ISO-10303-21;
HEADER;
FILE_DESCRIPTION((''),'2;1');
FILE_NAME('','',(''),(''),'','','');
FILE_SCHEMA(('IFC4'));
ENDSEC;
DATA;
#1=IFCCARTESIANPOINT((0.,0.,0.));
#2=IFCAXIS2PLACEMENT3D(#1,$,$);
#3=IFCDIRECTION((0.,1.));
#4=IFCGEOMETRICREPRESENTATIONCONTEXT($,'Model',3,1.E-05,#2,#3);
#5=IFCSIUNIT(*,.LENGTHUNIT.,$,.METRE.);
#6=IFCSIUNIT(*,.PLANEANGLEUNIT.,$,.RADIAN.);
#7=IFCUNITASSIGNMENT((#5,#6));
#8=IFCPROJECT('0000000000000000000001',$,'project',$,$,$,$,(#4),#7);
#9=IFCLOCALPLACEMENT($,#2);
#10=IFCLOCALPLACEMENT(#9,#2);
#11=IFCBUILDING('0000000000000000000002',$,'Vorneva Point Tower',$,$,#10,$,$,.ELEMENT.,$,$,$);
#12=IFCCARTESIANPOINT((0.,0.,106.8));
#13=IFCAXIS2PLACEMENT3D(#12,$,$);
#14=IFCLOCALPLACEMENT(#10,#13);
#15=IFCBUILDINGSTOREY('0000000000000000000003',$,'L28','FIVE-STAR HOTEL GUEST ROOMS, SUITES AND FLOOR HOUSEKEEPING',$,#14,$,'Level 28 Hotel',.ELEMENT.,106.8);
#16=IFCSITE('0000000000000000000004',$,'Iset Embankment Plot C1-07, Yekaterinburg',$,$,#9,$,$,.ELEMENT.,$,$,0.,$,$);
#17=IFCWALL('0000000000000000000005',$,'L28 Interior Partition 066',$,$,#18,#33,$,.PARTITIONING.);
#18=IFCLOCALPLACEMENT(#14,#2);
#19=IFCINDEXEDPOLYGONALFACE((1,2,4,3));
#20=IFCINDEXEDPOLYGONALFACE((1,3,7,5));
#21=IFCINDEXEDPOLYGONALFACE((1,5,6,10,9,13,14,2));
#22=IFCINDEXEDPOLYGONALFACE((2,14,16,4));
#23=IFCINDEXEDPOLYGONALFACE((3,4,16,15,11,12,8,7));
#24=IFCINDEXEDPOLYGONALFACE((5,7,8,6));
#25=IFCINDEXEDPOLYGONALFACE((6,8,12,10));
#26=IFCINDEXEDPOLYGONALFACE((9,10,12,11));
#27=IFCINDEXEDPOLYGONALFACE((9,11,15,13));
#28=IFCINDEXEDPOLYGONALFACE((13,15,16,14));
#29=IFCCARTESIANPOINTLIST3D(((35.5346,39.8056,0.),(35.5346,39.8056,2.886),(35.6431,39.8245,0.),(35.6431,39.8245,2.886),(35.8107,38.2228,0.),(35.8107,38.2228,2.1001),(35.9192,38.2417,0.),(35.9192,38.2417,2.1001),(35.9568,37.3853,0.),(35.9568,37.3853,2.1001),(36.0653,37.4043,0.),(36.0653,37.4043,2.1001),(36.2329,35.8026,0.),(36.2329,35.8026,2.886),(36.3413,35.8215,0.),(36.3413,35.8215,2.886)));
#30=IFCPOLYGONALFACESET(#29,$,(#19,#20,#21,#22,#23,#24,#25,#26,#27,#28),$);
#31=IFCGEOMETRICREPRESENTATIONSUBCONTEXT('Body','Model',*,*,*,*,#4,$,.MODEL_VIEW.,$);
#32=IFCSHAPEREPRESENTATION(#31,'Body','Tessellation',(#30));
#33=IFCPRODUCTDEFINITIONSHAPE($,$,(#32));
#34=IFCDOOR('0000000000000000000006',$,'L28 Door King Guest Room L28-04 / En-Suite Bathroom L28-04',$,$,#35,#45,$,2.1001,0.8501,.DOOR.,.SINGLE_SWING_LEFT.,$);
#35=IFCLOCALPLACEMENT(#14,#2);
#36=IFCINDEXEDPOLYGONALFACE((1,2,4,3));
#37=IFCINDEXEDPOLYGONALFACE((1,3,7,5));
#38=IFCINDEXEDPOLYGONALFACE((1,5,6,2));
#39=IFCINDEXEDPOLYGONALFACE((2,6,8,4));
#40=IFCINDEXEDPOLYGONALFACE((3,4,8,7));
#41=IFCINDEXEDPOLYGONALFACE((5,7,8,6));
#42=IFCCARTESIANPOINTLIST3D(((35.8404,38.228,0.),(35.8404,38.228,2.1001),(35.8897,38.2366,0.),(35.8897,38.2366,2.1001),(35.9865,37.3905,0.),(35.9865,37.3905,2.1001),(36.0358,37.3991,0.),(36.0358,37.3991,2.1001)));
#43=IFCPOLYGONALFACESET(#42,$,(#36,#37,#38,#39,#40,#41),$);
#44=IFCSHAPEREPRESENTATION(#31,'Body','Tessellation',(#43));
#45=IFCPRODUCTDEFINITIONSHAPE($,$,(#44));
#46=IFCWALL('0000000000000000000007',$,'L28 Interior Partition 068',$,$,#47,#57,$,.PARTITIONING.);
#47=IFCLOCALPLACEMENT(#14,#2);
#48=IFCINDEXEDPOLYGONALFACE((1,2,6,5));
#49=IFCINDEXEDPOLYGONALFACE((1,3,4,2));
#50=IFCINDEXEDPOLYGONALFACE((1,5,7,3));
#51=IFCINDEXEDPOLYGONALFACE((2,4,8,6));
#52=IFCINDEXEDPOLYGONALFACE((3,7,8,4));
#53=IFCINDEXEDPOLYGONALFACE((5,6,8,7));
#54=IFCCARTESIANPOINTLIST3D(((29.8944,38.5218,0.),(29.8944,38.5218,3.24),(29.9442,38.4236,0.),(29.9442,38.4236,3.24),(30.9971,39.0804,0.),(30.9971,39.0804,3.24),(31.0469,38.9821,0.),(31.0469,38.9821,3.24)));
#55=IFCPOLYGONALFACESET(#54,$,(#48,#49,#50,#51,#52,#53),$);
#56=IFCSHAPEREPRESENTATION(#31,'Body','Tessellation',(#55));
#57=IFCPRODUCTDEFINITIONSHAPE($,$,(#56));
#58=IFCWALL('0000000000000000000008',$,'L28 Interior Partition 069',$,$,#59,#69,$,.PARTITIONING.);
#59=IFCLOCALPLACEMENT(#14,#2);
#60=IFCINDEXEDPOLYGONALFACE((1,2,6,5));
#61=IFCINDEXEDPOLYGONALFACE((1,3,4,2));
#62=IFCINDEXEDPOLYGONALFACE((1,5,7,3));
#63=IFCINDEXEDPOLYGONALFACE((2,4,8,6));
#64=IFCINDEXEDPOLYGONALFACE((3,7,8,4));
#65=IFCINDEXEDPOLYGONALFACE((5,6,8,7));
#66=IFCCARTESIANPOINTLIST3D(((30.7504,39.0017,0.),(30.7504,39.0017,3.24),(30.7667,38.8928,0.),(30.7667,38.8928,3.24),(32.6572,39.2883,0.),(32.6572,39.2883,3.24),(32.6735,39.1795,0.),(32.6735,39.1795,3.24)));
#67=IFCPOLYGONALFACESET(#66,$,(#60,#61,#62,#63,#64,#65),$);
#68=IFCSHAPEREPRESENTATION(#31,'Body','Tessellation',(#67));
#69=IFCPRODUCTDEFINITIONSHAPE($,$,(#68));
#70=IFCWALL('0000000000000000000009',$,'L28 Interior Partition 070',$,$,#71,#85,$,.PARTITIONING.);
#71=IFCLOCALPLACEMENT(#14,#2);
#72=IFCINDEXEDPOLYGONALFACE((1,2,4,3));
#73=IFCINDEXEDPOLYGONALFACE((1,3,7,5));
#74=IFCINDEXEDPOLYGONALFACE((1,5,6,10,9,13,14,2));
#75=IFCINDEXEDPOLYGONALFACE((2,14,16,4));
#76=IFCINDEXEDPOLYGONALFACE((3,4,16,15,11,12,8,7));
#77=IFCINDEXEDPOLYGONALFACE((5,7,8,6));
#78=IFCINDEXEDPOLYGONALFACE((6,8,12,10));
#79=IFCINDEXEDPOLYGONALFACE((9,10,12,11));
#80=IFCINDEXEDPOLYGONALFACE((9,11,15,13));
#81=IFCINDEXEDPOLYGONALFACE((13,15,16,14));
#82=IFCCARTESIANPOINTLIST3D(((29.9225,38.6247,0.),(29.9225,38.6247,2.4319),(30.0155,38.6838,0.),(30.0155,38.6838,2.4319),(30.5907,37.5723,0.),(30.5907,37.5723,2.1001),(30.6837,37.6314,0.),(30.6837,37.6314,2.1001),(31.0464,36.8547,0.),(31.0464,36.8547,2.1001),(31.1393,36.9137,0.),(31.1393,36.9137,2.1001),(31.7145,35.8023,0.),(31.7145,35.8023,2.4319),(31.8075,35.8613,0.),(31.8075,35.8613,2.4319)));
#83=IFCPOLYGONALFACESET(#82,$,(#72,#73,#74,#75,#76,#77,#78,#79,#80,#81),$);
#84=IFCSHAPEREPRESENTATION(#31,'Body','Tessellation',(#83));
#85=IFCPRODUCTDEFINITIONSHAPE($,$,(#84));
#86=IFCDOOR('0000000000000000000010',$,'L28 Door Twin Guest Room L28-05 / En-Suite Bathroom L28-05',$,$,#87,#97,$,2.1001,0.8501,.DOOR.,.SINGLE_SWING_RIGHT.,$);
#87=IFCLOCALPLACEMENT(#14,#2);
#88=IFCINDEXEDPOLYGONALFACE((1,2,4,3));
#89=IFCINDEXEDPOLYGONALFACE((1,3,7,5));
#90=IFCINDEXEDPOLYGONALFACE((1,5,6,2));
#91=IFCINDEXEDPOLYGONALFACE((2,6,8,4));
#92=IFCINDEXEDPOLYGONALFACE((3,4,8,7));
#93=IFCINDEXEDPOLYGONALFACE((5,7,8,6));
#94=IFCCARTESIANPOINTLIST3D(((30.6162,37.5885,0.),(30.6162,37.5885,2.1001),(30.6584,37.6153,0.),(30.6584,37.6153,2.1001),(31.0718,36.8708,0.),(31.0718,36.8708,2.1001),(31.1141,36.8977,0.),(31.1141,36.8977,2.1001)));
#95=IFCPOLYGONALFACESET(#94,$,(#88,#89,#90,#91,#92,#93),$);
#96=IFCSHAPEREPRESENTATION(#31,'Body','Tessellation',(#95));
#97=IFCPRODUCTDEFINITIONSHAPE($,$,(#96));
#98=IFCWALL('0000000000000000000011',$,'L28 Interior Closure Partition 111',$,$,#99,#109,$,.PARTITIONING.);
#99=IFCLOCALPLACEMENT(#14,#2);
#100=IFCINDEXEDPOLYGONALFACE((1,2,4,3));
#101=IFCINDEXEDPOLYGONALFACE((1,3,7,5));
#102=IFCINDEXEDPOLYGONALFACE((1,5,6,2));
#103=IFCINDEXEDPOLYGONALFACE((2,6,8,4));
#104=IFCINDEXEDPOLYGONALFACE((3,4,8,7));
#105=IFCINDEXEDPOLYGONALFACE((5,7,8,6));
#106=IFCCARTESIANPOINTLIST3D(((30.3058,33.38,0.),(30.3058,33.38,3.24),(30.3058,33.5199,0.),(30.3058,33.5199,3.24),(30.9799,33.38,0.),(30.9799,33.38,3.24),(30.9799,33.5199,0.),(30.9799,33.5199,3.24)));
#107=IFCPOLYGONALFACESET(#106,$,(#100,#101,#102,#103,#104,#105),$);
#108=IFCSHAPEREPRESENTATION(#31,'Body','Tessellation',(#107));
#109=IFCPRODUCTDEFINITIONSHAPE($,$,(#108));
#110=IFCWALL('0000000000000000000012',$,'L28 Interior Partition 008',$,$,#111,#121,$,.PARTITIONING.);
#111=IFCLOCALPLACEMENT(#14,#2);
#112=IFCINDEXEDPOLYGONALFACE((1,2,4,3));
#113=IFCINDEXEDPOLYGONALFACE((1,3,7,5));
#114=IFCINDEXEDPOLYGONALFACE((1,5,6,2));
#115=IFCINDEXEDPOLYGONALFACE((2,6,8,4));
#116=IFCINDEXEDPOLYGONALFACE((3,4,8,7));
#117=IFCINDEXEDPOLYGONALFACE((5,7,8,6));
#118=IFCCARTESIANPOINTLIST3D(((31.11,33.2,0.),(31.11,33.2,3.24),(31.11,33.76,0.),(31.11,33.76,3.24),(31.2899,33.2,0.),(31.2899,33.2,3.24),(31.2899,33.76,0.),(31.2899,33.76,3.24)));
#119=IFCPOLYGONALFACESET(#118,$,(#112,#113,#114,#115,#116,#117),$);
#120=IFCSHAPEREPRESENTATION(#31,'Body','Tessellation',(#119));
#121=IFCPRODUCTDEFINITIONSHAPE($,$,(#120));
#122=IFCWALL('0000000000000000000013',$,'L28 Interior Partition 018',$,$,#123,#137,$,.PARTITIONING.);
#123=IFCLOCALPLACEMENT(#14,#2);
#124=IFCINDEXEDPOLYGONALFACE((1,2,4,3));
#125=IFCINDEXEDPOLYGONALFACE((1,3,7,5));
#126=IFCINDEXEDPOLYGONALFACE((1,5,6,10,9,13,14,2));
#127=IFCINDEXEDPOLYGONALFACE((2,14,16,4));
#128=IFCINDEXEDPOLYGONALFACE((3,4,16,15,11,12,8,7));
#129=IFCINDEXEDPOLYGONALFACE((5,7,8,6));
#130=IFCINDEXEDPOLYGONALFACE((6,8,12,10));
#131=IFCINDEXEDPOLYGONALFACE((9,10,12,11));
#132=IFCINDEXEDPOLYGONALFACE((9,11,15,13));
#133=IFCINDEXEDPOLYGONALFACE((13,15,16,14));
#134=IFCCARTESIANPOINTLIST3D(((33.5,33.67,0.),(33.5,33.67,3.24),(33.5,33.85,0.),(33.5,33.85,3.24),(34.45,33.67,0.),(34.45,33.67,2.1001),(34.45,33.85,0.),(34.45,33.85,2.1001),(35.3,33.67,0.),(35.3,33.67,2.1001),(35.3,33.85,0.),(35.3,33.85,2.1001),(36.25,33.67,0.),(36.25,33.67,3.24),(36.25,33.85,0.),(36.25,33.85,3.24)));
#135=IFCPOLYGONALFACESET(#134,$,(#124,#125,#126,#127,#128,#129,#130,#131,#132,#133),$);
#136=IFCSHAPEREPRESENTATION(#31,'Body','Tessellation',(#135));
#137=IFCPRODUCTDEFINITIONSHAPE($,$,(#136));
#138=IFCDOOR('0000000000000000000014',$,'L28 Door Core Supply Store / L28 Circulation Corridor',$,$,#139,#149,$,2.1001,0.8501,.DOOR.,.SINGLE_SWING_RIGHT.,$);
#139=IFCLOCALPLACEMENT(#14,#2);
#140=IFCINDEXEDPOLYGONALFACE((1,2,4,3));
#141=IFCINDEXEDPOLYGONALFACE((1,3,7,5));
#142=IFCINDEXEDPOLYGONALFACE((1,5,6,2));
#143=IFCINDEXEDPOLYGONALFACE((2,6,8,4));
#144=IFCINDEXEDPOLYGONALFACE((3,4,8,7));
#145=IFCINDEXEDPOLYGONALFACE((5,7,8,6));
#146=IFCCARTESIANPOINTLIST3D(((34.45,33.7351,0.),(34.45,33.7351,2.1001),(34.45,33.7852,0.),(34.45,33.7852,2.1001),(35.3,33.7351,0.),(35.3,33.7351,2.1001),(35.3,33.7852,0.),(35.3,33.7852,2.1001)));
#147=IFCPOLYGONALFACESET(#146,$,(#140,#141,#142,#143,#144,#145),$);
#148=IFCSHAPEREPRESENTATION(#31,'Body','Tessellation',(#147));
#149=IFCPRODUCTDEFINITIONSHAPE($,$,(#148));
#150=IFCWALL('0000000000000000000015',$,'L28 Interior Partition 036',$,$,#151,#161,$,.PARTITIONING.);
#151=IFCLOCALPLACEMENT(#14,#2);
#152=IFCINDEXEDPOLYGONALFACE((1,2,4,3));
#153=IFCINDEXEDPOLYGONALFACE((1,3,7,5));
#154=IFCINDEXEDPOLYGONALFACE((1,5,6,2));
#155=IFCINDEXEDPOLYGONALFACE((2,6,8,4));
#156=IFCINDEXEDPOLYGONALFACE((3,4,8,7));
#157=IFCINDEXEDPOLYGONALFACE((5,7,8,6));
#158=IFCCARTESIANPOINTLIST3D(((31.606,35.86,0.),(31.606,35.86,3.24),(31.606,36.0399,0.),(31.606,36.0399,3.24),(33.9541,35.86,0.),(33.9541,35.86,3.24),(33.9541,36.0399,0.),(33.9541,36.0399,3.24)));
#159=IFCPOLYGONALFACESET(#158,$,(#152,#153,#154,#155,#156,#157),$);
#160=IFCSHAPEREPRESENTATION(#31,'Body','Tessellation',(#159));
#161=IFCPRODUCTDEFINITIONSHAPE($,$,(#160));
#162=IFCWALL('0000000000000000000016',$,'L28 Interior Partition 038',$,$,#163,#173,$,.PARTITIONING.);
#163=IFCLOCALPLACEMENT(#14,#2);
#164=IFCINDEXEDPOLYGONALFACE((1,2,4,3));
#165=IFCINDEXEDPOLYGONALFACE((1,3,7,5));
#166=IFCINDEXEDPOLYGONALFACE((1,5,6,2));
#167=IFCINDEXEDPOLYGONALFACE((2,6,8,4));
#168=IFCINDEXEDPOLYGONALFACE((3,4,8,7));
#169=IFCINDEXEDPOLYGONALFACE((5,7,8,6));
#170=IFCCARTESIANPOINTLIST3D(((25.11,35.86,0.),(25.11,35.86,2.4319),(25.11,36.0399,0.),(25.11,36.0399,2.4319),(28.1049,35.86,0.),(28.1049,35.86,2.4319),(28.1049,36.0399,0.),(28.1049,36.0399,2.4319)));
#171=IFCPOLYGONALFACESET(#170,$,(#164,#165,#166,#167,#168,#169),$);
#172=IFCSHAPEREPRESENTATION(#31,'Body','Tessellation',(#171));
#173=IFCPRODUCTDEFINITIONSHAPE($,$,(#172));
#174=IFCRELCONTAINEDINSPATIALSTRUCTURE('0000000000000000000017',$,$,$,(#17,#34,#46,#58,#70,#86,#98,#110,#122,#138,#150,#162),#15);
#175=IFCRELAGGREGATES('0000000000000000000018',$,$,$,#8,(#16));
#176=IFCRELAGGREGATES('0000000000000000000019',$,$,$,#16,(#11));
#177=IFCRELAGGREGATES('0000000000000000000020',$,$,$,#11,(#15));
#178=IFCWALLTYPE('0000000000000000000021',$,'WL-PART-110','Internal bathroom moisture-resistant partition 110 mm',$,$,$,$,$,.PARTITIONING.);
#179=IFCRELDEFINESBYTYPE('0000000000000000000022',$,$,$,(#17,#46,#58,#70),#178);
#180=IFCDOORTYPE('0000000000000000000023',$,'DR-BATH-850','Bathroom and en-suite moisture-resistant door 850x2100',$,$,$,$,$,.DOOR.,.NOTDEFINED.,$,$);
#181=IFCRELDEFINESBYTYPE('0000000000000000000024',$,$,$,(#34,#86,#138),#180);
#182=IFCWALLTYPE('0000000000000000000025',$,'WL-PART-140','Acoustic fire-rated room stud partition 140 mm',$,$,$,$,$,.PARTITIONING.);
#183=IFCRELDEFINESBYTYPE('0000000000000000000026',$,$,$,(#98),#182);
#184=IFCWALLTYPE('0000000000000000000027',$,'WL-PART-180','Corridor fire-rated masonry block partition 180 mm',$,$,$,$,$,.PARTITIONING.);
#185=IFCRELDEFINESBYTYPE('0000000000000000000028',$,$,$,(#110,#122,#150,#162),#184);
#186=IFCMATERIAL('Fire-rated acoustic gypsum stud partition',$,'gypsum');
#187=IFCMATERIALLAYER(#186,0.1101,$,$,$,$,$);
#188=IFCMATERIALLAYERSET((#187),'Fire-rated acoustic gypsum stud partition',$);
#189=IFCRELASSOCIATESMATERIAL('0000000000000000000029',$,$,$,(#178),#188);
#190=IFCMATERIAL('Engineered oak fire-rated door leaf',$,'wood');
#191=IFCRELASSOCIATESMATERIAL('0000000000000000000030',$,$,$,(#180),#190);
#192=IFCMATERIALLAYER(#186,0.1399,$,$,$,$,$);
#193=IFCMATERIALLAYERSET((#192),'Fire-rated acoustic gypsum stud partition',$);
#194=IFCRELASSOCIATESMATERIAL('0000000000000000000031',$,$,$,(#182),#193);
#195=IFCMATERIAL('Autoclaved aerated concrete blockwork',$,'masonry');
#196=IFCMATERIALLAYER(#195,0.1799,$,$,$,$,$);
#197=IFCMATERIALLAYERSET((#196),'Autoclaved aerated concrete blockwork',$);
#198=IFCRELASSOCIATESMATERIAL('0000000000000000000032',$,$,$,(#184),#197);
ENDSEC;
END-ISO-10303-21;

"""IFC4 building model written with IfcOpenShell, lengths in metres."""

from ifc_helpers import new_model, si_unit, direction, frame, frame_2d, origin, place, context, subcontext, project, spatial, rectangle, extrude, material, layer, layer_set, type_object, element, fill, save


model = new_model("IFC4")

# Units and contexts
model_context = context("Model", 3, precision=1e-05, world=origin(), true_north=direction((0.0, 1.0)))
body_context = subcontext(model_context, "Body", "Model", "MODEL_VIEW")
ifc_project = project(units=[si_unit("LENGTHUNIT", "METRE"), si_unit("PLANEANGLEUNIT", "RADIAN")], contexts=[model_context])

# Site, building, storey
site_placement = place(None, origin())
site = spatial("IfcSite", under=ifc_project, at=site_placement, Name="Iset Embankment Plot C1-07, Yekaterinburg", CompositionType="ELEMENT", RefElevation=0.0)
building_placement = place(site_placement, origin())
building = spatial("IfcBuilding", under=site, at=building_placement, Name="Vorneva Point Tower", CompositionType="ELEMENT")
storey_placement = place(building_placement, frame((0.0, 0.0, 106.8)))
storey = spatial("IfcBuildingStorey", under=building, at=storey_placement, Name="L28", Description="FIVE-STAR HOTEL GUEST ROOMS, SUITES AND FLOOR HOUSEKEEPING", LongName="Level 28 Hotel", CompositionType="ELEMENT", Elevation=106.8)

# Shared definitions
ifc_material_1 = material(Name="Fire-rated acoustic gypsum stud partition", Category="gypsum")
ifc_layer_1 = layer(ifc_material_1, 0.1101)
ifc_layer_set_1 = layer_set([ifc_layer_1], Name="Fire-rated acoustic gypsum stud partition")
wall_type_1 = type_object("IfcWallType", Name="WL-PART-110", Description="Internal bathroom moisture-resistant partition 110 mm", PredefinedType="PARTITIONING", material=ifc_layer_set_1)

# Wall, opening, door
wall_1_placement = place(storey_placement, frame((36.2871, 35.812, 0.0), z_axis=(0.0, 0.0, 1.0), x_axis=(-0.171838, 0.985125, 0.0)))
wall_1 = element("IfcWall", 1, at=wall_1_placement, inside=storey, type_object=wall_type_1, Name="L28 Interior Partition 066", PredefinedType="PARTITIONING", context=body_context, shape_type="SweptSolid", body=[
    extrude(rectangle(XDim=4.0635, YDim=0.1101, at=frame_2d((2.0317, 0.0))), origin(), (0.0, 0.0, 1.0), 2.886),
])
opening_1_placement = place(wall_1_placement, frame((1.6067, 0.0, 0.0)))
opening_1 = element("IfcOpeningElement", 2, at=opening_1_placement, cuts=wall_1, PredefinedType="OPENING", context=body_context, shape_type="SweptSolid", body=[
    extrude(rectangle(XDim=0.8501, YDim=2.1001, at=frame_2d((0.425, 1.05))), frame((0.0, 0.0698, 0.0), z_axis=(0.0, -1.0, 0.0), x_axis=(1.0, 0.0, 0.0)), (0.0, 0.0, 1.0), 0.1399),
])
ifc_material_2 = material(Name="Engineered oak fire-rated door leaf", Category="wood")
door_type_1 = type_object("IfcDoorType", Name="DR-BATH-850", Description="Bathroom and en-suite moisture-resistant door 850x2100", OperationType="NOTDEFINED", PredefinedType="DOOR", material=ifc_material_2)
door_1_placement = place(opening_1_placement, origin())
door_1 = element("IfcDoor", 3, at=door_1_placement, inside=storey, type_object=door_type_1, Name="L28 Door King Guest Room L28-04 / En-Suite Bathroom L28-04", OperationType="SINGLE_SWING_LEFT", OverallHeight=2.1001, OverallWidth=0.8501, PredefinedType="DOOR", context=body_context, shape_type="SweptSolid", body=[
    extrude(rectangle(XDim=0.8501, YDim=2.1001, at=frame_2d((0.425, 1.05))), frame((0.0, 0.0249, 0.0), z_axis=(0.0, -1.0, 0.0), x_axis=(1.0, 0.0, 0.0)), (0.0, 0.0, 1.0), 0.05),
])
fill(opening_1, door_1)

# Walls
wall_2_placement = place(storey_placement, frame((29.9192, 38.4727, 0.0), z_axis=(0.0, 0.0, 1.0), x_axis=(0.892085, 0.451868, 0.0)))
element("IfcWall", 4, at=wall_2_placement, inside=storey, type_object=wall_type_1, Name="L28 Interior Partition 068", PredefinedType="PARTITIONING", context=body_context, shape_type="SweptSolid", body=[
    extrude(rectangle(XDim=1.2361, YDim=0.1101, at=frame_2d((0.6182, 0.0))), origin(), (0.0, 0.0, 1.0), 3.24),
])
wall_3_placement = place(storey_placement, frame((30.7585, 38.9473, 0.0), z_axis=(0.0, 0.0, 1.0), x_axis=(0.98889, 0.14865, 0.0)))
element("IfcWall", 5, at=wall_3_placement, inside=storey, type_object=wall_type_1, Name="L28 Interior Partition 069", PredefinedType="PARTITIONING", context=body_context, shape_type="SweptSolid", body=[
    extrude(rectangle(XDim=1.9282, YDim=0.1101, at=frame_2d((0.9641, 0.0))), origin(), (0.0, 0.0, 1.0), 3.24),
])

# Wall, opening, door
wall_4_placement = place(storey_placement, frame((31.761, 35.8318, 0.0), z_axis=(0.0, 0.0, 1.0), x_axis=(-0.535992, 0.844223, 0.0)))
wall_4 = element("IfcWall", 6, at=wall_4_placement, inside=storey, type_object=wall_type_1, Name="L28 Interior Partition 070", PredefinedType="PARTITIONING", context=body_context, shape_type="SweptSolid", body=[
    extrude(rectangle(XDim=3.3433, YDim=0.1101, at=frame_2d((1.6716, 0.0))), origin(), (0.0, 0.0, 1.0), 2.4319),
])
opening_2_placement = place(wall_4_placement, frame((1.2466, 0.0, 0.0)))
opening_2 = element("IfcOpeningElement", 7, at=opening_2_placement, cuts=wall_4, PredefinedType="OPENING", context=body_context, shape_type="SweptSolid", body=[
    extrude(rectangle(XDim=0.8501, YDim=2.1001, at=frame_2d((0.425, 1.05))), frame((0.0, 0.0698, 0.0), z_axis=(0.0, -1.0, 0.0), x_axis=(1.0, 0.0, 0.0)), (0.0, 0.0, 1.0), 0.1399),
])
door_2_placement = place(opening_2_placement, origin())
door_2 = element("IfcDoor", 8, at=door_2_placement, inside=storey, type_object=door_type_1, Name="L28 Door Twin Guest Room L28-05 / En-Suite Bathroom L28-05", OperationType="SINGLE_SWING_RIGHT", OverallHeight=2.1001, OverallWidth=0.8501, PredefinedType="DOOR", context=body_context, shape_type="SweptSolid", body=[
    extrude(rectangle(XDim=0.8501, YDim=2.1001, at=frame_2d((0.425, 1.05))), frame((0.0, 0.0249, 0.0), z_axis=(0.0, -1.0, 0.0), x_axis=(1.0, 0.0, 0.0)), (0.0, 0.0, 1.0), 0.05),
])
fill(opening_2, door_2)

# Wall
ifc_layer_2 = layer(ifc_material_1, 0.1399)
ifc_layer_set_2 = layer_set([ifc_layer_2], Name="Fire-rated acoustic gypsum stud partition")
wall_type_2 = type_object("IfcWallType", Name="WL-PART-140", Description="Acoustic fire-rated room stud partition 140 mm", PredefinedType="PARTITIONING", material=ifc_layer_set_2)
wall_5_placement = place(storey_placement, frame((30.3059, 33.45, 0.0), z_axis=(0.0, 0.0, 1.0), x_axis=(1.0, 0.0, 0.0)))
element("IfcWall", 9, at=wall_5_placement, inside=storey, type_object=wall_type_2, Name="L28 Interior Closure Partition 111", PredefinedType="PARTITIONING", context=body_context, shape_type="SweptSolid", body=[
    extrude(rectangle(XDim=0.6741, YDim=0.1399, at=frame_2d((0.3369, 0.0))), origin(), (0.0, 0.0, 1.0), 3.24),
])

# Shared definitions
ifc_material_3 = material(Name="Autoclaved aerated concrete blockwork", Category="masonry")
ifc_layer_3 = layer(ifc_material_3, 0.1799)
ifc_layer_set_3 = layer_set([ifc_layer_3], Name="Autoclaved aerated concrete blockwork")
wall_type_3 = type_object("IfcWallType", Name="WL-PART-180", Description="Corridor fire-rated masonry block partition 180 mm", PredefinedType="PARTITIONING", material=ifc_layer_set_3)

# Wall
wall_6_placement = place(storey_placement, frame((31.2, 33.76, 0.0), z_axis=(0.0, 0.0, 1.0), x_axis=(0.0, -1.0, 0.0)))
element("IfcWall", 10, at=wall_6_placement, inside=storey, type_object=wall_type_3, Name="L28 Interior Partition 008", PredefinedType="PARTITIONING", context=body_context, shape_type="SweptSolid", body=[
    extrude(rectangle(XDim=0.5601, YDim=0.1799, at=frame_2d((0.28, 0.0))), origin(), (0.0, 0.0, 1.0), 3.24),
])

# Wall, opening, door
wall_7_placement = place(storey_placement, frame((36.25, 33.76, 0.0), z_axis=(0.0, 0.0, 1.0), x_axis=(-1.0, 0.0, 0.0)))
wall_7 = element("IfcWall", 11, at=wall_7_placement, inside=storey, type_object=wall_type_3, Name="L28 Interior Partition 018", PredefinedType="PARTITIONING", context=body_context, shape_type="SweptSolid", body=[
    extrude(rectangle(XDim=2.75, YDim=0.1799, at=frame_2d((1.375, 0.0))), origin(), (0.0, 0.0, 1.0), 3.24),
])
opening_3_placement = place(wall_7_placement, frame((0.95, 0.0, 0.0)))
opening_3 = element("IfcOpeningElement", 12, at=opening_3_placement, cuts=wall_7, PredefinedType="OPENING", context=body_context, shape_type="SweptSolid", body=[
    extrude(rectangle(XDim=0.8501, YDim=2.1001, at=frame_2d((0.425, 1.05))), frame((0.0, 0.105, 0.0), z_axis=(0.0, -1.0, 0.0), x_axis=(1.0, 0.0, 0.0)), (0.0, 0.0, 1.0), 0.2097),
])
door_3_placement = place(opening_3_placement, origin())
door_3 = element("IfcDoor", 13, at=door_3_placement, inside=storey, type_object=door_type_1, Name="L28 Door Core Supply Store / L28 Circulation Corridor", OperationType="SINGLE_SWING_RIGHT", OverallHeight=2.1001, OverallWidth=0.8501, PredefinedType="DOOR", context=body_context, shape_type="SweptSolid", body=[
    extrude(rectangle(XDim=0.8501, YDim=2.1001, at=frame_2d((0.425, 1.05))), frame((0.0, 0.0249, 0.0), z_axis=(0.0, -1.0, 0.0), x_axis=(1.0, 0.0, 0.0)), (0.0, 0.0, 1.0), 0.05),
])
fill(opening_3, door_3)

# Walls
wall_8_placement = place(storey_placement, frame((33.9541, 35.95, 0.0), z_axis=(0.0, 0.0, 1.0), x_axis=(-1.0, 0.0, 0.0)))
element("IfcWall", 14, at=wall_8_placement, inside=storey, type_object=wall_type_3, Name="L28 Interior Partition 036", PredefinedType="PARTITIONING", context=body_context, shape_type="SweptSolid", body=[
    extrude(rectangle(XDim=2.3481, YDim=0.1799, at=frame_2d((1.1741, 0.0))), origin(), (0.0, 0.0, 1.0), 3.24),
])
wall_9_placement = place(storey_placement, frame((28.105, 35.95, 0.0), z_axis=(0.0, 0.0, 1.0), x_axis=(-1.0, 0.0, 0.0)))
element("IfcWall", 15, at=wall_9_placement, inside=storey, type_object=wall_type_3, Name="L28 Interior Partition 038", PredefinedType="PARTITIONING", context=body_context, shape_type="SweptSolid", body=[
    extrude(rectangle(XDim=2.9949, YDim=0.1799, at=frame_2d((1.4976, 0.0))), origin(), (0.0, 0.0, 1.0), 2.4319),
])

save(model, "model.ifc")
